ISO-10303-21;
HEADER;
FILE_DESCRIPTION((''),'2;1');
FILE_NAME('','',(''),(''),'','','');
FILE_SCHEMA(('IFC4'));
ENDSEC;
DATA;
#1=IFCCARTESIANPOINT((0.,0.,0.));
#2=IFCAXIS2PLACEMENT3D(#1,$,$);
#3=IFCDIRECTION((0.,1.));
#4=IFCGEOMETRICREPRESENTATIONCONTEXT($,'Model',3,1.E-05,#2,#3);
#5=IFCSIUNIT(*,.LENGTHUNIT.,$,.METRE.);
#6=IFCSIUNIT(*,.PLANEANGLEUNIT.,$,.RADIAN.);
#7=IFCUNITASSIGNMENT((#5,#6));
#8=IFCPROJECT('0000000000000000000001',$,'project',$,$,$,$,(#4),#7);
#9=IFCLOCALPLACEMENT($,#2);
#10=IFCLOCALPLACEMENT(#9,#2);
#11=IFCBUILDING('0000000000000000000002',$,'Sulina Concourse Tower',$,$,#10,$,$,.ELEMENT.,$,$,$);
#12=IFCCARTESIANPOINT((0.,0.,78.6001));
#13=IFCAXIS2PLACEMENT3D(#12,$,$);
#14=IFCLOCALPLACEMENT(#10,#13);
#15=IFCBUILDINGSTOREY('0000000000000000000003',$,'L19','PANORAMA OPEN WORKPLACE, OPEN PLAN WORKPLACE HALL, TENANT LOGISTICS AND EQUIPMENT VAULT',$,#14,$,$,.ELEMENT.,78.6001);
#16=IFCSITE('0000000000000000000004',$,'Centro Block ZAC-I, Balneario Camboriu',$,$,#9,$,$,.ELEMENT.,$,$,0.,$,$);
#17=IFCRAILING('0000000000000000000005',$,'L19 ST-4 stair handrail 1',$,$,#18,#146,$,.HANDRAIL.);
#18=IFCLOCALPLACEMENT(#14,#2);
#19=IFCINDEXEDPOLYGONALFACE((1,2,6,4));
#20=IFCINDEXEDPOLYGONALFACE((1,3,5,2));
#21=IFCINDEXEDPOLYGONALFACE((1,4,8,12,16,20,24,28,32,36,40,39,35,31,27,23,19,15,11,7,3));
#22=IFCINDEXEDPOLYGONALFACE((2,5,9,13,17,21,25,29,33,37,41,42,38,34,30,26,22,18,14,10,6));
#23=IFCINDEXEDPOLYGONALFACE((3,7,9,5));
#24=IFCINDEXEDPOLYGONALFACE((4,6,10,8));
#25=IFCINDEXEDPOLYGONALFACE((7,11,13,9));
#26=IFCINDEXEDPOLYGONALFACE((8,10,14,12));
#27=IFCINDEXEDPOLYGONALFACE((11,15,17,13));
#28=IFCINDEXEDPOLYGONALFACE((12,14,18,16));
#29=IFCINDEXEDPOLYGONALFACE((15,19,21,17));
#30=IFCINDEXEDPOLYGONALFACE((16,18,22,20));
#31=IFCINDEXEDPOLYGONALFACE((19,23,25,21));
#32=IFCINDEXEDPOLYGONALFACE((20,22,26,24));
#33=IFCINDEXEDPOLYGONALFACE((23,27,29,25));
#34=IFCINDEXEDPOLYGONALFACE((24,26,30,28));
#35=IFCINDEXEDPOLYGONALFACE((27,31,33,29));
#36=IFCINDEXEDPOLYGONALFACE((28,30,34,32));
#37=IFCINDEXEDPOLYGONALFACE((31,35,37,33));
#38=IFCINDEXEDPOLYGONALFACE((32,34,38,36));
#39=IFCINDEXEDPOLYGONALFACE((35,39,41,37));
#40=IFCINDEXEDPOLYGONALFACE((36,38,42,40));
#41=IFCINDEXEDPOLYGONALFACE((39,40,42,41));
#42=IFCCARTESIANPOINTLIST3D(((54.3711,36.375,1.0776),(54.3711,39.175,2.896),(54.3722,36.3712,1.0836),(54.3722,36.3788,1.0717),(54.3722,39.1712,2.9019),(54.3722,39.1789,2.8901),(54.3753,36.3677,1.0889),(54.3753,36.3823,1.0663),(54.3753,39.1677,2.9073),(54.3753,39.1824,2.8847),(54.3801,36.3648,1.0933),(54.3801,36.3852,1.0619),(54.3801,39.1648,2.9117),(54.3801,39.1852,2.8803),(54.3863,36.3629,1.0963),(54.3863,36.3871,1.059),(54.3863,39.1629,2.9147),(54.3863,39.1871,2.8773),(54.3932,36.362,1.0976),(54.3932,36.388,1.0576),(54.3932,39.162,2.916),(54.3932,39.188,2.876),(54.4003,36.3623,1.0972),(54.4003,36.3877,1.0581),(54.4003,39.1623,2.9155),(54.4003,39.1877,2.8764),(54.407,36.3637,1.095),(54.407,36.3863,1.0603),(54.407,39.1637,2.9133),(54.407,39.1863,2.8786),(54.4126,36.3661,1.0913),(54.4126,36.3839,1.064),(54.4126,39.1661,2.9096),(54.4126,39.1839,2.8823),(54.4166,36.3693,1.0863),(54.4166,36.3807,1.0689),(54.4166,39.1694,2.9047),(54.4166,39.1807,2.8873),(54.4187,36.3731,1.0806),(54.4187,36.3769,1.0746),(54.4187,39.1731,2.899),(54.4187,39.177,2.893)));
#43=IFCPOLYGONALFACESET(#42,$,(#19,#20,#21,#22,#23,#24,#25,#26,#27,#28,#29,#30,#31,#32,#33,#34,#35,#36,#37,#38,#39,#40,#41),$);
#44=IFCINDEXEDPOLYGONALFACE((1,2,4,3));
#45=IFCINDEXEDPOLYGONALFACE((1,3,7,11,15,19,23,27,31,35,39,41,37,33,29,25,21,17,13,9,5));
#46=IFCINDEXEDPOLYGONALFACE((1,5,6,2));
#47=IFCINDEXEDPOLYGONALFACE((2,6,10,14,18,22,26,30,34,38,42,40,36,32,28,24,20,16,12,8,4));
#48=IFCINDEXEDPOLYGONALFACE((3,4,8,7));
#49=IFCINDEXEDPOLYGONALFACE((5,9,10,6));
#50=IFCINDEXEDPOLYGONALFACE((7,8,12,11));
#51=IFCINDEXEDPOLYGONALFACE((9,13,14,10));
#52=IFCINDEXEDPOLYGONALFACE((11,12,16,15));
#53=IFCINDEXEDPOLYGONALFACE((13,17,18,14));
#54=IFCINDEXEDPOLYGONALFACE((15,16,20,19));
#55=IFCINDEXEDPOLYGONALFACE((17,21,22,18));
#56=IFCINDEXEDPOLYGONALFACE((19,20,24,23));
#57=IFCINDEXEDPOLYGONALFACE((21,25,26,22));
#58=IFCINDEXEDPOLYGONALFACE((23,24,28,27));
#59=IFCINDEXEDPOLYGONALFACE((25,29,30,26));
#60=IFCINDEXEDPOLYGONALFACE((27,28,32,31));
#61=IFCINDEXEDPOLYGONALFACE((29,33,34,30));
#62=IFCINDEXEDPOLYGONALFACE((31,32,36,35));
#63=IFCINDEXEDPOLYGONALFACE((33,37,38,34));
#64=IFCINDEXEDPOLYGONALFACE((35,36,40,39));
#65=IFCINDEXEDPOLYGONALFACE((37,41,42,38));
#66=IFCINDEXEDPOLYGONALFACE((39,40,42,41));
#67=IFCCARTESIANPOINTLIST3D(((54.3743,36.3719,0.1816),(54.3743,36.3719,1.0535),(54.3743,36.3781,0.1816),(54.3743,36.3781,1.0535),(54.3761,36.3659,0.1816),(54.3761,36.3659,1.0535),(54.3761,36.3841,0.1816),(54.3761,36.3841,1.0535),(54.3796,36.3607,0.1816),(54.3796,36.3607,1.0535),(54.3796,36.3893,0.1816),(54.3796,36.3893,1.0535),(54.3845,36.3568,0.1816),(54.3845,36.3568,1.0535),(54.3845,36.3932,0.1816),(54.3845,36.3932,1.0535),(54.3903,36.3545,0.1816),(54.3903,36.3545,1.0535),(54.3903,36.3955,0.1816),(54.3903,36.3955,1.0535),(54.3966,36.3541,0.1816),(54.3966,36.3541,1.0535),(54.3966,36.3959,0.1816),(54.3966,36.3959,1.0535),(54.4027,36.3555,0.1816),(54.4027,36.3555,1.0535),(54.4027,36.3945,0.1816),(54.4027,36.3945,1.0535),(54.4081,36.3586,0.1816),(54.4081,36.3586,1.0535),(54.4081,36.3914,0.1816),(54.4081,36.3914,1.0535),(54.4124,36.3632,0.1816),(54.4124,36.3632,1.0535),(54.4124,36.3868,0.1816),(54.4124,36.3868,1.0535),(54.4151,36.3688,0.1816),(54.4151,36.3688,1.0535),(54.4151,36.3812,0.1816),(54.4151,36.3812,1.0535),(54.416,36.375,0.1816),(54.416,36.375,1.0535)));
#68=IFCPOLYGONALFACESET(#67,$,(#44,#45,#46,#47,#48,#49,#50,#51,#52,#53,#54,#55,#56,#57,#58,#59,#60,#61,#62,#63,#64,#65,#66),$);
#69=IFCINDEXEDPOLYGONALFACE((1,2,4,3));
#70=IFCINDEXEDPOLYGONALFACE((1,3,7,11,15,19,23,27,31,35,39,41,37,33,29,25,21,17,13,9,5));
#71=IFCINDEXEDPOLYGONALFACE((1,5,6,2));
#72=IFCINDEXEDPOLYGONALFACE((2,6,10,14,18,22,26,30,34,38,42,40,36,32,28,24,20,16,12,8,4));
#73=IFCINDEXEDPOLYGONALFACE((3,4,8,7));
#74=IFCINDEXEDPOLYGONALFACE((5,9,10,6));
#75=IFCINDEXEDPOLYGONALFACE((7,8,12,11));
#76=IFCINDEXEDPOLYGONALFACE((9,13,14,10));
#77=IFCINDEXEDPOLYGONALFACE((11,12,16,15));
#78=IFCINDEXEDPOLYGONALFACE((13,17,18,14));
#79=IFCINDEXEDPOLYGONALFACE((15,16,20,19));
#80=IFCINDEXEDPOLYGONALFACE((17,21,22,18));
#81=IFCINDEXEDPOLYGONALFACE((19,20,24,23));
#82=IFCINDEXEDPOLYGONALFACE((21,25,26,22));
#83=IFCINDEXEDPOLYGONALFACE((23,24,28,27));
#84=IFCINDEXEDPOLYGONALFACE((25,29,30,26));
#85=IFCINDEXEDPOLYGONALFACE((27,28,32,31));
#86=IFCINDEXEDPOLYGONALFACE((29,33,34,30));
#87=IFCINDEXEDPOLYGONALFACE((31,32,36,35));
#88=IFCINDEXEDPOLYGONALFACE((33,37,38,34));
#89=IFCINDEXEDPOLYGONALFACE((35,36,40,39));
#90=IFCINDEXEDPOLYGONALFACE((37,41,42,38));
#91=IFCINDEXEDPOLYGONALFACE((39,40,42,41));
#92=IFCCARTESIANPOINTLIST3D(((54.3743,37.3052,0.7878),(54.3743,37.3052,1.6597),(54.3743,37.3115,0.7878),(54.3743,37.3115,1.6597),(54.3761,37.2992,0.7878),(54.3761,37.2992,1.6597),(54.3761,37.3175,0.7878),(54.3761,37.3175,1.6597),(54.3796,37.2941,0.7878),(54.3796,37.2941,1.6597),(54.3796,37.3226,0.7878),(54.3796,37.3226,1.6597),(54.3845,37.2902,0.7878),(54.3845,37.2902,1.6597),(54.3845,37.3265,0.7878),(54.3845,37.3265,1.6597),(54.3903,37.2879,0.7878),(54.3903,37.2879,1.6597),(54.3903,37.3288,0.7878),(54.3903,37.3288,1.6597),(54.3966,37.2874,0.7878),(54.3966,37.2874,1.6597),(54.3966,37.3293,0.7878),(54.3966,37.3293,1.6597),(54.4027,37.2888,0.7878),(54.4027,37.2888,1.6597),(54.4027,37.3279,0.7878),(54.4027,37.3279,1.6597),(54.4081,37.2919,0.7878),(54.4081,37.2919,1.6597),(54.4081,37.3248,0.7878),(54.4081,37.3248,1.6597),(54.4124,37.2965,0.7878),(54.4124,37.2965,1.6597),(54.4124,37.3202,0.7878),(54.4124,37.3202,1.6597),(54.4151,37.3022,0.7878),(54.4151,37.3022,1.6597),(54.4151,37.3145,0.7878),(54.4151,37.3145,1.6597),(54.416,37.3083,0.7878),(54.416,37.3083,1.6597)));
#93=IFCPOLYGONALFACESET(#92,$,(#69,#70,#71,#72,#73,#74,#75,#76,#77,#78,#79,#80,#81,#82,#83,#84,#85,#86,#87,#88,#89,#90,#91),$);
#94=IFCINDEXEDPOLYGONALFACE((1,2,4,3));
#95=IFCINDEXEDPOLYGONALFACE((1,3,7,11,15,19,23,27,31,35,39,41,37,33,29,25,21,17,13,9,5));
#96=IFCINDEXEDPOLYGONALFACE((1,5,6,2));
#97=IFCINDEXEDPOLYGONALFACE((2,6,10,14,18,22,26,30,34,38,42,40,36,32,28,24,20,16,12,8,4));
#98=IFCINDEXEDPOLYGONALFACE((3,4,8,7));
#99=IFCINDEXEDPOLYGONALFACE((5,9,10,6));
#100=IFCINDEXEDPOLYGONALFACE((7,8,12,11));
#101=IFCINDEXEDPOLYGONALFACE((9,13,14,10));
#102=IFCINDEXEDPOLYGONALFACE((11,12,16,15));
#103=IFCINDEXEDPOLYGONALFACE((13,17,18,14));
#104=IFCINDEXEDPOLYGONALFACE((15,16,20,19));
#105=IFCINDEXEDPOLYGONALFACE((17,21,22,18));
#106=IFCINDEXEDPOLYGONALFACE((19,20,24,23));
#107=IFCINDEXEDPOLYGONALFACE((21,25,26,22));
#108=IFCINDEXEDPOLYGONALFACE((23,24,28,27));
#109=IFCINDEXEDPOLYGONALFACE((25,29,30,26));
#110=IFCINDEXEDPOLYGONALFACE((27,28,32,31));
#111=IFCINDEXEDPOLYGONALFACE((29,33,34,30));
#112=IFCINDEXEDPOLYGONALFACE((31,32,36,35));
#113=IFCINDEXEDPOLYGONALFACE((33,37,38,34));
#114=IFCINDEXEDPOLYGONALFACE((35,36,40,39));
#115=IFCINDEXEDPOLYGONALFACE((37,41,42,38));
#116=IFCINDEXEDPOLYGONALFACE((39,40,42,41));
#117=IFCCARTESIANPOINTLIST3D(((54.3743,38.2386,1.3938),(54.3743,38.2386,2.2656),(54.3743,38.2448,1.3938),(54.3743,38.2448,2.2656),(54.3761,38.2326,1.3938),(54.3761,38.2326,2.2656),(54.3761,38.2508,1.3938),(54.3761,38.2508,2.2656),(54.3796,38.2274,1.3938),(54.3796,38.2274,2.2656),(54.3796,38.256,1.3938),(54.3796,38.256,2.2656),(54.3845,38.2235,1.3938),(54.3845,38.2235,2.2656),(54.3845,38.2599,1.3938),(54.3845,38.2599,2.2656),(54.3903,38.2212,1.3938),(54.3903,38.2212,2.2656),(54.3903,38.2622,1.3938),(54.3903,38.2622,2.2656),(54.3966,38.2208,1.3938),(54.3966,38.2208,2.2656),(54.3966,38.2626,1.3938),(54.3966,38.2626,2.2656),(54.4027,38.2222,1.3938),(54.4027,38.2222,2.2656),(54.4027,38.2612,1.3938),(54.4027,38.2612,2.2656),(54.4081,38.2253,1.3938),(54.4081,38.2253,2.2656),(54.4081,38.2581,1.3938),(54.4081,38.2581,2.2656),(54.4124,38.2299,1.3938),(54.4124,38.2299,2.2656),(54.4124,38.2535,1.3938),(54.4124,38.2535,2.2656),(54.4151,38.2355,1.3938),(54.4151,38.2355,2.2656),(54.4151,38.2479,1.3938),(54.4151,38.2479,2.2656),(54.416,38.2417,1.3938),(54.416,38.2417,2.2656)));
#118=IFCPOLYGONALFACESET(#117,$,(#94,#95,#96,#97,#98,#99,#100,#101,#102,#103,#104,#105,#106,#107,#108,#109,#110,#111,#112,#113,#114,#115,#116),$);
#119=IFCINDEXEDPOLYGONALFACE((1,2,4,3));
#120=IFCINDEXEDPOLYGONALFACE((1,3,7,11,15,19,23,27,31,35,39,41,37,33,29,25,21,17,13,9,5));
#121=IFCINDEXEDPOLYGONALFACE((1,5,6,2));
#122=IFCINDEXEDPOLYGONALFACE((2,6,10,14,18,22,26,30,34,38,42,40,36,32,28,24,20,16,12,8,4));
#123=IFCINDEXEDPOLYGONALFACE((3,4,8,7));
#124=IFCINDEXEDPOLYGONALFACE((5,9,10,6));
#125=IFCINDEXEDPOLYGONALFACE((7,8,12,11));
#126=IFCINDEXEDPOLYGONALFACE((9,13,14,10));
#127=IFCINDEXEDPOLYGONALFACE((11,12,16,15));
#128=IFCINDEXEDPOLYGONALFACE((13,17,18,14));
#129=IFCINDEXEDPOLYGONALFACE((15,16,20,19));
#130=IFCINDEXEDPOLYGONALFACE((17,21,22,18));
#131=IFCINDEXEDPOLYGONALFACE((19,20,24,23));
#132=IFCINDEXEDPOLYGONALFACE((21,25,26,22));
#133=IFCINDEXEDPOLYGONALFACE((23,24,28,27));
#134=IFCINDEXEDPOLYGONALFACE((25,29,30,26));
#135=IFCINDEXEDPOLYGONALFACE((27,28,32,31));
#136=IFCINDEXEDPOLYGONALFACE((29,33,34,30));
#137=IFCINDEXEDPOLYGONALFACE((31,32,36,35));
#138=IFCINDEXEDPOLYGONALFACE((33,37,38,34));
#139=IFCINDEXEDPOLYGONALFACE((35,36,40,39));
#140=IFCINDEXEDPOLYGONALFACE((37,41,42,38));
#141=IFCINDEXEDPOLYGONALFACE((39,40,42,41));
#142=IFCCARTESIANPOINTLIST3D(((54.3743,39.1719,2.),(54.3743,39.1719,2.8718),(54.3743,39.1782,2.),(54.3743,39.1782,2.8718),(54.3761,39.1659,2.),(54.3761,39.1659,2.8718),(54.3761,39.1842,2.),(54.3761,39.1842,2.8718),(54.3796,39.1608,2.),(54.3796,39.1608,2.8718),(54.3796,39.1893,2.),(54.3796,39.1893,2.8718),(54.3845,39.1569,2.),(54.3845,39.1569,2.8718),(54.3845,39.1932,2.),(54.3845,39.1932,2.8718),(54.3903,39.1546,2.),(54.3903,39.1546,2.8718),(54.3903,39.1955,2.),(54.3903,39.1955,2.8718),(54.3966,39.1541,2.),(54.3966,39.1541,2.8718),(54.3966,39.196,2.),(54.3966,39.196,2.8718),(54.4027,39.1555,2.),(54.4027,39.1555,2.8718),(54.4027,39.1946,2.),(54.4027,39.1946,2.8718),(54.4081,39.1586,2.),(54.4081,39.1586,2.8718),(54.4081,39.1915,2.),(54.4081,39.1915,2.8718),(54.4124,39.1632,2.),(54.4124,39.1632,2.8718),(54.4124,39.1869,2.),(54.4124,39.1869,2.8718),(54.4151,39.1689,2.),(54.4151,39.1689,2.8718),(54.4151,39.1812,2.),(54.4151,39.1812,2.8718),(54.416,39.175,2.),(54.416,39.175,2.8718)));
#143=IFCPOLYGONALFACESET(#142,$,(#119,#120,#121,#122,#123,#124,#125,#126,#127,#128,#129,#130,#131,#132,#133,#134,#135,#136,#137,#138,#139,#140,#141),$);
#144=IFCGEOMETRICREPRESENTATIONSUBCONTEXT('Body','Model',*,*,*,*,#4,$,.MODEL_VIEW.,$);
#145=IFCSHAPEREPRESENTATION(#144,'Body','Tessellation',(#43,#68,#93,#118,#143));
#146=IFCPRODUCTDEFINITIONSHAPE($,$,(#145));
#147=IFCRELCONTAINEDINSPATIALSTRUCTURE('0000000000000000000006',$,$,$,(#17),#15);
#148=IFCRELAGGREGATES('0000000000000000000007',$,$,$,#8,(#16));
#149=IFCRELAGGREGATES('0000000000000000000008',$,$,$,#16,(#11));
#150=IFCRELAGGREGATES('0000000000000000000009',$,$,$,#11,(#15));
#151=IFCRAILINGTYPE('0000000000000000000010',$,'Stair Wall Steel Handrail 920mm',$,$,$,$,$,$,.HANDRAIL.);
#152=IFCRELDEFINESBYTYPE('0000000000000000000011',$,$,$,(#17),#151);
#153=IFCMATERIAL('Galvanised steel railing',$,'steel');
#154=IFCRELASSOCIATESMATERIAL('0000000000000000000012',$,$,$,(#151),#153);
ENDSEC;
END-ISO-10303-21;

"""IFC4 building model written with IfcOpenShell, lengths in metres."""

from ifc_helpers import new_model, si_unit, direction, frame, origin, origin_2d, place, context, subcontext, project, spatial, circle, extrude, material, type_object, element, save


model = new_model("IFC4")

# Units and contexts
model_context = context("Model", 3, precision=1e-05, world=origin(), true_north=direction((0.0, 1.0)))
body_context = subcontext(model_context, "Body", "Model", "MODEL_VIEW")
ifc_project = project(units=[si_unit("LENGTHUNIT", "METRE"), si_unit("PLANEANGLEUNIT", "RADIAN")], contexts=[model_context])

# Site, building, storey
site_placement = place(None, origin())
site = spatial("IfcSite", under=ifc_project, at=site_placement, Name="Centro Block ZAC-I, Balneario Camboriu", CompositionType="ELEMENT", RefElevation=0.0)
building_placement = place(site_placement, origin())
building = spatial("IfcBuilding", under=site, at=building_placement, Name="Sulina Concourse Tower", CompositionType="ELEMENT")
storey_placement = place(building_placement, frame((0.0, 0.0, 78.6001)))
storey = spatial("IfcBuildingStorey", under=building, at=storey_placement, Name="L19", Description="PANORAMA OPEN WORKPLACE, OPEN PLAN WORKPLACE HALL, TENANT LOGISTICS AND EQUIPMENT VAULT", CompositionType="ELEMENT", Elevation=78.6001)

# Railing
ifc_material_1 = material(Name="Galvanised steel railing", Category="steel")
railing_type_1 = type_object("IfcRailingType", Name="Stair Wall Steel Handrail 920mm", PredefinedType="HANDRAIL", material=ifc_material_1)
railing_1_placement = place(storey_placement, frame((54.395, 36.375, 0.1816)))
element("IfcRailing", 1, at=railing_1_placement, inside=storey, type_object=railing_type_1, Name="L19 ST-4 stair handrail 1", PredefinedType="HANDRAIL", context=body_context, shape_type="SweptSolid", body=[
    extrude(circle(Radius=0.0239, at=origin_2d()), frame((0.0, 0.0, 0.896), z_axis=(0.0, 0.838672, 0.544636), x_axis=(-1.0, 0.0, 0.0)), (0.0, 0.0, 1.0), 3.3386),
    extrude(circle(Radius=0.021, at=origin_2d()), origin(), (0.0, 0.0, 1.0), 0.8718),
    extrude(circle(Radius=0.021, at=origin_2d()), frame((0.0, 0.9333, 0.6062)), (0.0, 0.0, 1.0), 0.8718),
    extrude(circle(Radius=0.021, at=origin_2d()), frame((0.0, 1.8667, 1.2122)), (0.0, 0.0, 1.0), 0.8718),
    extrude(circle(Radius=0.021, at=origin_2d()), frame((0.0, 2.8, 1.8184)), (0.0, 0.0, 1.0), 0.8718),
])

save(model, "model.ifc")
